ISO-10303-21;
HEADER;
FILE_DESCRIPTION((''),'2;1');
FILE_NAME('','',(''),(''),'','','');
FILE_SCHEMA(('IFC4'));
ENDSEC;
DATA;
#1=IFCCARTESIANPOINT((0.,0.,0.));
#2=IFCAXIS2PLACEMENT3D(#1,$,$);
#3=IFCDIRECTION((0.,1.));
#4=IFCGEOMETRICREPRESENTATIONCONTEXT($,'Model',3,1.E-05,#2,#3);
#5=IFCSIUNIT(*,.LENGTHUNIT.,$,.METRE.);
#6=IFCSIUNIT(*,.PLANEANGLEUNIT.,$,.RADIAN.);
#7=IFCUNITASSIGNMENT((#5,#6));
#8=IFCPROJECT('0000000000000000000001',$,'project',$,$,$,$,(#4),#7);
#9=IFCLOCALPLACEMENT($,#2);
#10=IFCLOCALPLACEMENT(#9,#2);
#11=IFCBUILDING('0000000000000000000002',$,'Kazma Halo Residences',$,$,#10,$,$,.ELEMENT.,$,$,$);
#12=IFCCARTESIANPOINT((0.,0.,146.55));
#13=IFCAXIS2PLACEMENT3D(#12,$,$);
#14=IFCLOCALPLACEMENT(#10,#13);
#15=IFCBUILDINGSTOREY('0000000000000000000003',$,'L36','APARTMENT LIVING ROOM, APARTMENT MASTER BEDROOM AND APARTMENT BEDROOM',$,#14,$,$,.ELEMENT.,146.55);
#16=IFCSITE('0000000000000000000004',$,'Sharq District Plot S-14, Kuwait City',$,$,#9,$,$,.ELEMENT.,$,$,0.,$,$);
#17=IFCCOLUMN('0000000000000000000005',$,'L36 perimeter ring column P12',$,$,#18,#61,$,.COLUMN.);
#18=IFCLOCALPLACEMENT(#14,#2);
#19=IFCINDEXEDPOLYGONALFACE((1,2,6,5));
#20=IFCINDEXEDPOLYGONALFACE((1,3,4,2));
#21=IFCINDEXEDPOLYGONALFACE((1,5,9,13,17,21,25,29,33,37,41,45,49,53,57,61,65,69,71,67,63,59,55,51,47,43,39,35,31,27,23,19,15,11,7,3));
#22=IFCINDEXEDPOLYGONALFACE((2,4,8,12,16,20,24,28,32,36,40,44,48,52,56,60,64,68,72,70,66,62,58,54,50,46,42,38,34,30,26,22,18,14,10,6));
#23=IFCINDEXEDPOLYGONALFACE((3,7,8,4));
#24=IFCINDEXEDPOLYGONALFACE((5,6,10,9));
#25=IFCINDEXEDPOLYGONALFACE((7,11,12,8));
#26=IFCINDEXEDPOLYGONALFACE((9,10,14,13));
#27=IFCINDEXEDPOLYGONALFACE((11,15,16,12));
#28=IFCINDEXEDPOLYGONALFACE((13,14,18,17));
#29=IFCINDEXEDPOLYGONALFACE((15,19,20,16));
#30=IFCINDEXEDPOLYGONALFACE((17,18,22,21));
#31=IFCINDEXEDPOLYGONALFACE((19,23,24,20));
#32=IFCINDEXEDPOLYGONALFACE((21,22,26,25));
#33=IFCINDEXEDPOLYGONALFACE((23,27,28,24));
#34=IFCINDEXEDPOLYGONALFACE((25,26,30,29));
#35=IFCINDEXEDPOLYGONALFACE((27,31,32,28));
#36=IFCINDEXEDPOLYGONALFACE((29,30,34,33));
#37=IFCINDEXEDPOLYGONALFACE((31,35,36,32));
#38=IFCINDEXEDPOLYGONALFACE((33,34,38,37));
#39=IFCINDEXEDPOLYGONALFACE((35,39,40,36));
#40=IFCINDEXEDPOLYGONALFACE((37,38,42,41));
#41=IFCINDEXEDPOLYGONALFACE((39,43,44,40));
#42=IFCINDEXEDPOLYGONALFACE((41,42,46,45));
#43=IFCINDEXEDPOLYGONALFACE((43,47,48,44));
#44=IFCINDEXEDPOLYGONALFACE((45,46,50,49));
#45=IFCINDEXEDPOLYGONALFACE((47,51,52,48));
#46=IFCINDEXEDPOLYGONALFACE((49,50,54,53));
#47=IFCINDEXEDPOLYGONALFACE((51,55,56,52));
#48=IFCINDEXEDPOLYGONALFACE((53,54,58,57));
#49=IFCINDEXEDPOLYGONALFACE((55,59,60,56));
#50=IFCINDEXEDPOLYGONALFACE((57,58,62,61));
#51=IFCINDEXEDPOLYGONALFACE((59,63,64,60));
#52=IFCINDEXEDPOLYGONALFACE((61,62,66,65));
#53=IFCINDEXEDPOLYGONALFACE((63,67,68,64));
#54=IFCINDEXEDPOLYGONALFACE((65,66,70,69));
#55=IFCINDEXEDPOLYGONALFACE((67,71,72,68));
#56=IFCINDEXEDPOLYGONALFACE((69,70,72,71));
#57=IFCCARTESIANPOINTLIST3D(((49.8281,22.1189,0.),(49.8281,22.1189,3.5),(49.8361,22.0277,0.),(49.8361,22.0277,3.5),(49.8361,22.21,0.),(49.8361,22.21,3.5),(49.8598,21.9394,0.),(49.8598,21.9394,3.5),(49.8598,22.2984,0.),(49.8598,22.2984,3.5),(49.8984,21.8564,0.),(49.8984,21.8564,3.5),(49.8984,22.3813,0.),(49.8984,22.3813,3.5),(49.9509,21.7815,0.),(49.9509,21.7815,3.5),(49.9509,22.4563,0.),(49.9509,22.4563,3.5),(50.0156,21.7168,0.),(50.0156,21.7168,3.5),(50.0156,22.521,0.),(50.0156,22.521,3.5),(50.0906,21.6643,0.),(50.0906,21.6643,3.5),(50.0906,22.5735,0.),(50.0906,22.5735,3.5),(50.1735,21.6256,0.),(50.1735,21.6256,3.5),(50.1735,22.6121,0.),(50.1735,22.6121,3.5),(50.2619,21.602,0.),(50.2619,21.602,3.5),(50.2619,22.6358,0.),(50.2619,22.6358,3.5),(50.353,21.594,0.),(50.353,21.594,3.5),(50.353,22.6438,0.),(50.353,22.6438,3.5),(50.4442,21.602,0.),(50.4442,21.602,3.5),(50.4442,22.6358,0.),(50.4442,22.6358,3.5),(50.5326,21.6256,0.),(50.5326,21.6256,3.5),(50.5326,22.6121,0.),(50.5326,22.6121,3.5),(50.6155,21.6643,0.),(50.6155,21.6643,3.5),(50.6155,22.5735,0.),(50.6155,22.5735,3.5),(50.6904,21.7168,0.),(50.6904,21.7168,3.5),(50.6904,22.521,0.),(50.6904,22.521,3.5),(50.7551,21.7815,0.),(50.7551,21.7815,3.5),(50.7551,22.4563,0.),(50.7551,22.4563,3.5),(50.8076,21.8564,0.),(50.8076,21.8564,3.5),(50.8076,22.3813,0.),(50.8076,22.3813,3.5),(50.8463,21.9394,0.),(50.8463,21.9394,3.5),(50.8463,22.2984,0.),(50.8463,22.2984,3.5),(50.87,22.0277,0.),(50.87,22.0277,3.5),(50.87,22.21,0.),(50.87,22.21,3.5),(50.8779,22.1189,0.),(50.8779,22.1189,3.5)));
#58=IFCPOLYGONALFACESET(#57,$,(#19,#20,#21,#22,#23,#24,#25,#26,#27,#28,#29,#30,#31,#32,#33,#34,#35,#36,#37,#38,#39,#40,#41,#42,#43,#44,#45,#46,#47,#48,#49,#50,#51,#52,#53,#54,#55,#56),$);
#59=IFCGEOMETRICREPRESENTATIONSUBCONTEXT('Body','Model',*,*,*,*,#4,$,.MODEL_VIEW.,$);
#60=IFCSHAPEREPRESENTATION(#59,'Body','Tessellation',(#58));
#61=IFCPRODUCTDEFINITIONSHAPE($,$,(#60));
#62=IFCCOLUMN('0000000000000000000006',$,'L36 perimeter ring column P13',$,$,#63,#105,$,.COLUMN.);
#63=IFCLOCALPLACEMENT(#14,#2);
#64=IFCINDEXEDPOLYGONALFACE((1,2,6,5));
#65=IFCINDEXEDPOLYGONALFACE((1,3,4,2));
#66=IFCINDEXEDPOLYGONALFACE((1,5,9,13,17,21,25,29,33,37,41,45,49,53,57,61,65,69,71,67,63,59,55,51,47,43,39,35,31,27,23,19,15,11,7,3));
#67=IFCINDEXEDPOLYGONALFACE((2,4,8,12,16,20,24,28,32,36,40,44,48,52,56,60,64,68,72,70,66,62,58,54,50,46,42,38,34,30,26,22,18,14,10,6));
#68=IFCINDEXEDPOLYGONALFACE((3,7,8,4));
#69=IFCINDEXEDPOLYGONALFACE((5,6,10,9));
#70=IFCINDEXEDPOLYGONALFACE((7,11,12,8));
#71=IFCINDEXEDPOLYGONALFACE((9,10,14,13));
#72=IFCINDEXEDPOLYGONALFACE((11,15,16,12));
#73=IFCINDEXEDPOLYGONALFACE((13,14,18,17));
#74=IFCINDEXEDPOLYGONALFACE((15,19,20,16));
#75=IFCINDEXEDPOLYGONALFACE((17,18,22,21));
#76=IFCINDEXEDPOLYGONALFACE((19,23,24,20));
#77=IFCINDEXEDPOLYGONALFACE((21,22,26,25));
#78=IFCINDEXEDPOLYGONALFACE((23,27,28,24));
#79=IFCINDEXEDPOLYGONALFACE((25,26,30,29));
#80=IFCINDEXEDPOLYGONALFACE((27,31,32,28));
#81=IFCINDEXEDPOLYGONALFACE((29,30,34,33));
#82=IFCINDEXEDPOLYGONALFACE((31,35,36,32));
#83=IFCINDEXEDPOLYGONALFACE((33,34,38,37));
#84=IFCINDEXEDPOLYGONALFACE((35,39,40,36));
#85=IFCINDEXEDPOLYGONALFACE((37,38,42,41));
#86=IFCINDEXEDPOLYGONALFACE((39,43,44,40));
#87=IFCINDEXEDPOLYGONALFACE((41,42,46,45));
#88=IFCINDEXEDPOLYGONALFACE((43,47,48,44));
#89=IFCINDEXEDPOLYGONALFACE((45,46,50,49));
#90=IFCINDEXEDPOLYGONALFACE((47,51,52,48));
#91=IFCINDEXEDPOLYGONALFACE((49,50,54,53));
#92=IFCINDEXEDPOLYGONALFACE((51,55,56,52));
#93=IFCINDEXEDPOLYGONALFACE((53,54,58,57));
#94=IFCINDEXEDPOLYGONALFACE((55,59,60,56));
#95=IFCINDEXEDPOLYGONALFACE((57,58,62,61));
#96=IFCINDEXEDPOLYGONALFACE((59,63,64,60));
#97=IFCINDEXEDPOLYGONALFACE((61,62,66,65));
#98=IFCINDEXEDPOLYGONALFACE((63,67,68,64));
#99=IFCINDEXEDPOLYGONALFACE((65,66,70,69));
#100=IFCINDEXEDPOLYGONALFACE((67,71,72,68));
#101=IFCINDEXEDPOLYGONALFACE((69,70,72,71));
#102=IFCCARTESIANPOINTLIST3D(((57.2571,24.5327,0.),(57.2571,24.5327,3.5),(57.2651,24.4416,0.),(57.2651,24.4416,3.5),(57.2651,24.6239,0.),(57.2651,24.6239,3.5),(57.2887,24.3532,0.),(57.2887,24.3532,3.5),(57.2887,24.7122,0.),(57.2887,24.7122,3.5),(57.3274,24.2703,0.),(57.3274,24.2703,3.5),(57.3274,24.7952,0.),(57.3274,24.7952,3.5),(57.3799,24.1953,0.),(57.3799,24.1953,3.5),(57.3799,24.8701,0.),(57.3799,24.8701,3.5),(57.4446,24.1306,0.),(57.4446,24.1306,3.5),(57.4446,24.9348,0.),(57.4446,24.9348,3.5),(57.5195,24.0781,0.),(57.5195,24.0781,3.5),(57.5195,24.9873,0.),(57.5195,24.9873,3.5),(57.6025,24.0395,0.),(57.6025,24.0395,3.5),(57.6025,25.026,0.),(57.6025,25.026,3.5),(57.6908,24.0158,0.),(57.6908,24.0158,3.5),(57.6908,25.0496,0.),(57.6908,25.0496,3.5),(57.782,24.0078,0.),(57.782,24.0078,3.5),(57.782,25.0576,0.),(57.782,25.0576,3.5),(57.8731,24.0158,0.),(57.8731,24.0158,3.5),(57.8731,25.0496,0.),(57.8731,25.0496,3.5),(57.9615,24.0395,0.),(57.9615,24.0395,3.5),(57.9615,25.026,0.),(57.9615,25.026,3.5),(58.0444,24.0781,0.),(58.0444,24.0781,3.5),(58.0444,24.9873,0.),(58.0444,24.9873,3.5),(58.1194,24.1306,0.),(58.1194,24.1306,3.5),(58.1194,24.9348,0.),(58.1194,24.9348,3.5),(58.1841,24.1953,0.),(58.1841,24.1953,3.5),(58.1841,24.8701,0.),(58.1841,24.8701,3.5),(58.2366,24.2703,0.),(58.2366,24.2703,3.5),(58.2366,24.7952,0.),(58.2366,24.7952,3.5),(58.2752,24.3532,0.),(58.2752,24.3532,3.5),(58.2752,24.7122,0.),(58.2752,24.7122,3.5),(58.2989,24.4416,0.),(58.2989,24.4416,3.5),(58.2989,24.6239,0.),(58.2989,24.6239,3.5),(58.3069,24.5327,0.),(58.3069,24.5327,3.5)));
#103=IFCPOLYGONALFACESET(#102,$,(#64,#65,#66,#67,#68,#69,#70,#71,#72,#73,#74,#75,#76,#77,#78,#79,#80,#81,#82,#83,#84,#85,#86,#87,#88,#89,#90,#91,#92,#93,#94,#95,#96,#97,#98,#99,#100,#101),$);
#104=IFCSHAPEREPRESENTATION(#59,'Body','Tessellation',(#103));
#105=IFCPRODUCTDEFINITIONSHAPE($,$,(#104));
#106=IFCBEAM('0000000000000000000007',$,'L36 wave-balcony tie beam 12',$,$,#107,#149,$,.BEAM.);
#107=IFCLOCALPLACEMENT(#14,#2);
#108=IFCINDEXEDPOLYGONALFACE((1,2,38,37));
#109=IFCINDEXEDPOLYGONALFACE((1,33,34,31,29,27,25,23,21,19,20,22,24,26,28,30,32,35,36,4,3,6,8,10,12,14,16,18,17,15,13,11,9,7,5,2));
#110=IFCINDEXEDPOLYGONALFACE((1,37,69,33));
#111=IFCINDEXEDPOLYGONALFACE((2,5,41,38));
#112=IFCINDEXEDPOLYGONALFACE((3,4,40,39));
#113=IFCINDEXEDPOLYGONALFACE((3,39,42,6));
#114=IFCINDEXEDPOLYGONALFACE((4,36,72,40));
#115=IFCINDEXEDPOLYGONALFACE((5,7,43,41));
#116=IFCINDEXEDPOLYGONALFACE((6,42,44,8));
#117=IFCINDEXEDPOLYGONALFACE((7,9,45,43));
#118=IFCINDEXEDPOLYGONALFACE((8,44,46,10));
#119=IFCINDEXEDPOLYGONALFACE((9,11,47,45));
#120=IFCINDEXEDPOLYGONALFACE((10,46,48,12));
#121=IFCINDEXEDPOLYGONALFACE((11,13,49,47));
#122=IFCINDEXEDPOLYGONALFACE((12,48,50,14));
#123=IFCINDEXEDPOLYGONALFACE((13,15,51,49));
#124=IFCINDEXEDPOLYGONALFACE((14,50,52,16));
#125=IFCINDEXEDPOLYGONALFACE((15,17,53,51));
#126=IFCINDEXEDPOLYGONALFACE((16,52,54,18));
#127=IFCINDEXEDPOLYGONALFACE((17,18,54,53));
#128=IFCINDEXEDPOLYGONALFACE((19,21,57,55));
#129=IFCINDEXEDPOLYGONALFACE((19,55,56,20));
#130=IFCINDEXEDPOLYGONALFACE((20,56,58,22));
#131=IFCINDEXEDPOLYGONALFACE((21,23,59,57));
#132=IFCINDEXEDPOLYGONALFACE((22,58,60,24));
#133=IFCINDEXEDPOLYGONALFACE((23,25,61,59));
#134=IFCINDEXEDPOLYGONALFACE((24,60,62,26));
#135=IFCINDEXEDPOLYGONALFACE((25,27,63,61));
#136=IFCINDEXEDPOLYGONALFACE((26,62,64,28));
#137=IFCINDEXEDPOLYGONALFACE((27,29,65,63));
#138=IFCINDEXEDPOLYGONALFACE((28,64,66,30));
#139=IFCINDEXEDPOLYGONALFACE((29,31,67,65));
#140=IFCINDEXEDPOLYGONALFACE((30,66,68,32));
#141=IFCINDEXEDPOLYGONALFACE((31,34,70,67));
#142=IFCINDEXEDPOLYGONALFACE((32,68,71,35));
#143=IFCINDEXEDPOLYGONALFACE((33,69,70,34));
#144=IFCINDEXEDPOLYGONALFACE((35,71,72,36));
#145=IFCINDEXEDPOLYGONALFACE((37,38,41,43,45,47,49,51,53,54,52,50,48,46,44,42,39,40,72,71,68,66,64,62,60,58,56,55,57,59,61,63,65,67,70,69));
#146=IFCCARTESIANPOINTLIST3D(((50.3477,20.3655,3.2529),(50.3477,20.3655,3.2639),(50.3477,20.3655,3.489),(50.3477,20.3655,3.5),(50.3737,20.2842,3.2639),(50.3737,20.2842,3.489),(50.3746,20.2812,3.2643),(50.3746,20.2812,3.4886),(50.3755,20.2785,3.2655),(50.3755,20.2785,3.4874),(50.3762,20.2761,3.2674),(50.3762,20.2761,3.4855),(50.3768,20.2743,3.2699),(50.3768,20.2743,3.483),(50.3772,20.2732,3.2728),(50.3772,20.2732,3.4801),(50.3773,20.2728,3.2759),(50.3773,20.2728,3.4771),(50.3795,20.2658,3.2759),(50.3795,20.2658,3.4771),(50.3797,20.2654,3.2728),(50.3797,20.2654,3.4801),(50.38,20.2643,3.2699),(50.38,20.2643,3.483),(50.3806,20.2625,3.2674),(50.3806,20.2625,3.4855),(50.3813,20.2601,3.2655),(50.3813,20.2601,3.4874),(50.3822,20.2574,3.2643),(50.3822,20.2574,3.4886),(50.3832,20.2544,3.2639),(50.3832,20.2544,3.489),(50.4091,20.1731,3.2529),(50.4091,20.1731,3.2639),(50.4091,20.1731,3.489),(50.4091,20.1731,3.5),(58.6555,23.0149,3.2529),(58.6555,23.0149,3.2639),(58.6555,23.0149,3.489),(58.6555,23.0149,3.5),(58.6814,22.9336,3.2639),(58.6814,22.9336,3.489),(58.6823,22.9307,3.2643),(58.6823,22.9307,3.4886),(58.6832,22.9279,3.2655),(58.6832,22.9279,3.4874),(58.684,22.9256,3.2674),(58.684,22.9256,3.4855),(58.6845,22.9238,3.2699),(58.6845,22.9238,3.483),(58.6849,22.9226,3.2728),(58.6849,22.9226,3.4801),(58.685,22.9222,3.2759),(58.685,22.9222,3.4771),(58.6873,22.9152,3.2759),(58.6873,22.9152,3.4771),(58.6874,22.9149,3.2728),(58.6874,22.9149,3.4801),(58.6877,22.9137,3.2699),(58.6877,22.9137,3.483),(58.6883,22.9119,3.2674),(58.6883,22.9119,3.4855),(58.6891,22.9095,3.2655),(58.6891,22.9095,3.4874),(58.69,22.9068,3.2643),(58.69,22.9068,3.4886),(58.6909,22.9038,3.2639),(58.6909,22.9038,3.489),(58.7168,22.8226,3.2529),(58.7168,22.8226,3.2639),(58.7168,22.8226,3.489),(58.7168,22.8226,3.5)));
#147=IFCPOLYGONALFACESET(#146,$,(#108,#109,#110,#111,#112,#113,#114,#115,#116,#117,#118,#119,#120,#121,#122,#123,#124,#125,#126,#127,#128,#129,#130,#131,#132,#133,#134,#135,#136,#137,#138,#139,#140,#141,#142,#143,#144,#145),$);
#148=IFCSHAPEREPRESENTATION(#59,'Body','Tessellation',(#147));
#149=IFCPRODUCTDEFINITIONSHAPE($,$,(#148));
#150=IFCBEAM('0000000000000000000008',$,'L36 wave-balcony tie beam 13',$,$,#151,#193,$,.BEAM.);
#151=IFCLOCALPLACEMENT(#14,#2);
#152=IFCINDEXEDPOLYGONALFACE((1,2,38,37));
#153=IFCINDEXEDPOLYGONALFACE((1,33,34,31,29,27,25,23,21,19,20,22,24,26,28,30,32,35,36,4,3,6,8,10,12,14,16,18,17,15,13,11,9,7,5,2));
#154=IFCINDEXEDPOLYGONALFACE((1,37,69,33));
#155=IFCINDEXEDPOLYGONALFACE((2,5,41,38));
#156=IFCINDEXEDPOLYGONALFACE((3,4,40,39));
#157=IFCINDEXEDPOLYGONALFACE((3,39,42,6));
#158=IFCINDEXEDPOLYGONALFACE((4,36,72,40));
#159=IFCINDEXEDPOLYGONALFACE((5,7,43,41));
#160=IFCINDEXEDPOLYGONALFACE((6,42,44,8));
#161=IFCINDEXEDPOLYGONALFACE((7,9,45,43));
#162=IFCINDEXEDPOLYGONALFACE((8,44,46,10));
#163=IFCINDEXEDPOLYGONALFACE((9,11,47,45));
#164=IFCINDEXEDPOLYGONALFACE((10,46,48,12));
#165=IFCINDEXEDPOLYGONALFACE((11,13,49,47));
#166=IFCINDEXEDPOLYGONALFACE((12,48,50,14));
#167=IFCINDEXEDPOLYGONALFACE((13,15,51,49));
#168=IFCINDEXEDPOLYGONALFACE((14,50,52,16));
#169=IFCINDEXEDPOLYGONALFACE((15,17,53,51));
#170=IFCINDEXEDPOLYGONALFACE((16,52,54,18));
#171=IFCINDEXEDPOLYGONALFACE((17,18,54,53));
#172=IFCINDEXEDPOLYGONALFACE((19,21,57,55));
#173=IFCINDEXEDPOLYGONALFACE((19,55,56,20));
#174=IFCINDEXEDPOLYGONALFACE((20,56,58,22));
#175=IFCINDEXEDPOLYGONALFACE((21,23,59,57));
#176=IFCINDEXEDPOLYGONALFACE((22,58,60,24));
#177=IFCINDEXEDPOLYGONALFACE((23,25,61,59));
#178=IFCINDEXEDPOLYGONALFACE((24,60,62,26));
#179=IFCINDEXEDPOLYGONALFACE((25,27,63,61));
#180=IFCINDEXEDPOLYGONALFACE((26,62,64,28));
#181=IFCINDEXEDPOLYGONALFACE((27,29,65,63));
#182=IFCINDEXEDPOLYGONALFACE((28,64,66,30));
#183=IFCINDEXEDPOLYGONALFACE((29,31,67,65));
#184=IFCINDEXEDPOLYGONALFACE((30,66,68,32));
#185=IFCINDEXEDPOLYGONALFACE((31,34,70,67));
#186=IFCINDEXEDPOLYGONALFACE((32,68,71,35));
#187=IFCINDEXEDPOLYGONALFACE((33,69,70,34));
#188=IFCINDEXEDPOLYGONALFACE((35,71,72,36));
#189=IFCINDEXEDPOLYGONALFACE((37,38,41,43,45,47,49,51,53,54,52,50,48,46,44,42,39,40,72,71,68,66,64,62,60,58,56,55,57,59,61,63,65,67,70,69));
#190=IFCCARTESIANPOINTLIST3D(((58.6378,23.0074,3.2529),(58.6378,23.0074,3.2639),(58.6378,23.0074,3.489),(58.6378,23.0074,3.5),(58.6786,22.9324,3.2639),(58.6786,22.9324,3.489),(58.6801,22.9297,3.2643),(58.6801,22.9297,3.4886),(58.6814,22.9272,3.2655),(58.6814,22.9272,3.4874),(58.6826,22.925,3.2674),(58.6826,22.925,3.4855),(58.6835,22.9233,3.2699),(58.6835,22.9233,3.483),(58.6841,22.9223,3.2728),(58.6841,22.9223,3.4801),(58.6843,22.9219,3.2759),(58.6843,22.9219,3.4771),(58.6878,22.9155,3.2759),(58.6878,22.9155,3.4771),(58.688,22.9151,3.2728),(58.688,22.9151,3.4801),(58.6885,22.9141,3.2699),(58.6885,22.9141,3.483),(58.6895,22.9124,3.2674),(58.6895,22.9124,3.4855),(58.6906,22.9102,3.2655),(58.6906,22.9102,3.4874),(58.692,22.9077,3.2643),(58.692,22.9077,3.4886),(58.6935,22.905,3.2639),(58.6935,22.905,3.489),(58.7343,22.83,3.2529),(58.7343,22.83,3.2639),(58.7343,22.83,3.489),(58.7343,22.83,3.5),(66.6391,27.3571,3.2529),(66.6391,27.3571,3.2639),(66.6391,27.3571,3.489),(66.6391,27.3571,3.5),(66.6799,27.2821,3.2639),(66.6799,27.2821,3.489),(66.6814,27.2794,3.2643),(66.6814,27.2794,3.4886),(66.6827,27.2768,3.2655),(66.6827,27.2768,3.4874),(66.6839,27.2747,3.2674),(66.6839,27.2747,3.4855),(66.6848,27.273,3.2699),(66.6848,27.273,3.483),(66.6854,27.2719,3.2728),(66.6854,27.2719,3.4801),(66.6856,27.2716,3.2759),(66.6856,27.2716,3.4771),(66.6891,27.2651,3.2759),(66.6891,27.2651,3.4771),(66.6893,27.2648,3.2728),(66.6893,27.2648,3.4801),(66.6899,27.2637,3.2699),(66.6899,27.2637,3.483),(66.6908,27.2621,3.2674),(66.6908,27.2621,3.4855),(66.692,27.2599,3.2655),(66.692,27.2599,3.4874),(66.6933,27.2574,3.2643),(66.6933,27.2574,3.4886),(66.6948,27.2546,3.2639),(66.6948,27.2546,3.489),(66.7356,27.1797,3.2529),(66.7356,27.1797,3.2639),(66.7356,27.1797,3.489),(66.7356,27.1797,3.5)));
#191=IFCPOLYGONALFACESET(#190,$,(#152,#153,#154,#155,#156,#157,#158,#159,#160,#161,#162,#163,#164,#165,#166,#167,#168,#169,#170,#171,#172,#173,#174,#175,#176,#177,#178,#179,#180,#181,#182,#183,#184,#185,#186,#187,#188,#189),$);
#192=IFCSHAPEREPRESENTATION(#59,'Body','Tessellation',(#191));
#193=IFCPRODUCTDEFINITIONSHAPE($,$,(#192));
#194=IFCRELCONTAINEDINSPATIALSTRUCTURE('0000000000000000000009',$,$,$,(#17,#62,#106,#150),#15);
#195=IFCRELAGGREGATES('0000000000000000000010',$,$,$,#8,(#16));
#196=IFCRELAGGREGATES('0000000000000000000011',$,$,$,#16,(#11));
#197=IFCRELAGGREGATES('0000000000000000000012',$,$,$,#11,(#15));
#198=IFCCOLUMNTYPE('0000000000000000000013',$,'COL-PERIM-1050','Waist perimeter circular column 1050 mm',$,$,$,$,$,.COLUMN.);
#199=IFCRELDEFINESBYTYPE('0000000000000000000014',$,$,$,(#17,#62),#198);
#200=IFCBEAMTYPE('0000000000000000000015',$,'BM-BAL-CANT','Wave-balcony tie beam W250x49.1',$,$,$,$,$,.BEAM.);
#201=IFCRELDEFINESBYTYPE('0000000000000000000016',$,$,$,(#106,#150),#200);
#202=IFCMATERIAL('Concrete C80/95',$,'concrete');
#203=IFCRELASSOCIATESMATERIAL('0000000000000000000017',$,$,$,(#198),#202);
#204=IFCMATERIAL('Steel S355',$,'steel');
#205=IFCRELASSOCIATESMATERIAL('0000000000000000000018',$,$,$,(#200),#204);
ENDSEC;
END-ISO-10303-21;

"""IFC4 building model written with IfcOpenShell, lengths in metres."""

from ifc_helpers import new_model, si_unit, direction, frame, origin, origin_2d, place, context, subcontext, project, spatial, circle, i_section, extrude, material, material_profile, profile_set, type_object, element, save


model = new_model("IFC4")

# Units and contexts
model_context = context("Model", 3, precision=1e-05, world=origin(), true_north=direction((0.0, 1.0)))
body_context = subcontext(model_context, "Body", "Model", "MODEL_VIEW")
ifc_project = project(units=[si_unit("LENGTHUNIT", "METRE"), si_unit("PLANEANGLEUNIT", "RADIAN")], contexts=[model_context])

# Site, building, storey
site_placement = place(None, origin())
site = spatial("IfcSite", under=ifc_project, at=site_placement, Name="Sharq District Plot S-14, Kuwait City", CompositionType="ELEMENT", RefElevation=0.0)
building_placement = place(site_placement, origin())
building = spatial("IfcBuilding", under=site, at=building_placement, Name="Kazma Halo Residences", CompositionType="ELEMENT")
storey_placement = place(building_placement, frame((0.0, 0.0, 146.55)))
storey = spatial("IfcBuildingStorey", under=building, at=storey_placement, Name="L36", Description="APARTMENT LIVING ROOM, APARTMENT MASTER BEDROOM AND APARTMENT BEDROOM", CompositionType="ELEMENT", Elevation=146.55)

# Columns
ifc_material_1 = material(Name="Concrete C80/95", Category="concrete")
ifc_material_profile_1 = material_profile(ifc_material_1, circle(Radius=0.5249, at=origin_2d()), Name="CIRC1050")
ifc_profile_set_1 = profile_set([ifc_material_profile_1], Name="Concrete C80/95")
column_type = type_object("IfcColumnType", Name="COL-PERIM-1050", Description="Waist perimeter circular column 1050 mm", PredefinedType="COLUMN", material=ifc_profile_set_1)
for number, where, z_axis, x_axis, name in (
    (1, (50.353, 22.1189, 0.0), (0.0, 0.0, 1.0), (1.0, 0.0, 0.0), "L36 perimeter ring column P12"),
    (2, (57.782, 24.5327, 0.0), (0.0, 0.0, 1.0), (1.0, 0.0, 0.0), "L36 perimeter ring column P13"),
):
    element("IfcColumn", number, at=place(storey_placement, frame(where, z_axis=z_axis, x_axis=x_axis)), inside=storey, type_object=column_type, Name=name, PredefinedType="COLUMN", context=body_context, shape_type="SweptSolid", body=[
        extrude(circle(Radius=0.5249, at=origin_2d()), origin(), (0.0, 0.0, 1.0), 3.5),
    ])

# Beams
ifc_material_2 = material(Name="Steel S355", Category="steel")
ifc_material_profile_2 = material_profile(ifc_material_2, i_section(OverallWidth=0.2019, OverallDepth=0.2471, WebThickness=0.0073, FlangeThickness=0.011, FilletRadius=0.012, at=origin_2d()), Name="W250x49.1")
ifc_profile_set_2 = profile_set([ifc_material_profile_2], Name="Steel S355")
beam_type_1 = type_object("IfcBeamType", Name="BM-BAL-CANT", Description="Wave-balcony tie beam W250x49.1", PredefinedType="BEAM", material=ifc_profile_set_2)
beam_1_placement = place(storey_placement, frame((50.3784, 20.2693, 3.3765), z_axis=(0.952724, 0.303837, 0.0), x_axis=(-0.303837, 0.952724, 0.0)))
element("IfcBeam", 3, at=beam_1_placement, inside=storey, type_object=beam_type_1, Name="L36 wave-balcony tie beam 12", PredefinedType="BEAM", context=body_context, shape_type="SweptSolid", body=[
    extrude(i_section(OverallWidth=0.2019, OverallDepth=0.2471, WebThickness=0.0073, FlangeThickness=0.011, FilletRadius=0.012, at=origin_2d()), origin(), (0.0, 0.0, 1.0), 8.72),
])
beam_2_placement = place(storey_placement, frame((58.686, 22.9187, 3.3765), z_axis=(0.878573, 0.477608, 0.0), x_axis=(-0.477608, 0.878573, 0.0)))
element("IfcBeam", 4, at=beam_2_placement, inside=storey, type_object=beam_type_1, Name="L36 wave-balcony tie beam 13", PredefinedType="BEAM", context=body_context, shape_type="SweptSolid", body=[
    extrude(i_section(OverallWidth=0.2019, OverallDepth=0.2471, WebThickness=0.0073, FlangeThickness=0.011, FilletRadius=0.012, at=origin_2d()), origin(), (0.0, 0.0, 1.0), 9.1072),
])

save(model, "model.ifc")
